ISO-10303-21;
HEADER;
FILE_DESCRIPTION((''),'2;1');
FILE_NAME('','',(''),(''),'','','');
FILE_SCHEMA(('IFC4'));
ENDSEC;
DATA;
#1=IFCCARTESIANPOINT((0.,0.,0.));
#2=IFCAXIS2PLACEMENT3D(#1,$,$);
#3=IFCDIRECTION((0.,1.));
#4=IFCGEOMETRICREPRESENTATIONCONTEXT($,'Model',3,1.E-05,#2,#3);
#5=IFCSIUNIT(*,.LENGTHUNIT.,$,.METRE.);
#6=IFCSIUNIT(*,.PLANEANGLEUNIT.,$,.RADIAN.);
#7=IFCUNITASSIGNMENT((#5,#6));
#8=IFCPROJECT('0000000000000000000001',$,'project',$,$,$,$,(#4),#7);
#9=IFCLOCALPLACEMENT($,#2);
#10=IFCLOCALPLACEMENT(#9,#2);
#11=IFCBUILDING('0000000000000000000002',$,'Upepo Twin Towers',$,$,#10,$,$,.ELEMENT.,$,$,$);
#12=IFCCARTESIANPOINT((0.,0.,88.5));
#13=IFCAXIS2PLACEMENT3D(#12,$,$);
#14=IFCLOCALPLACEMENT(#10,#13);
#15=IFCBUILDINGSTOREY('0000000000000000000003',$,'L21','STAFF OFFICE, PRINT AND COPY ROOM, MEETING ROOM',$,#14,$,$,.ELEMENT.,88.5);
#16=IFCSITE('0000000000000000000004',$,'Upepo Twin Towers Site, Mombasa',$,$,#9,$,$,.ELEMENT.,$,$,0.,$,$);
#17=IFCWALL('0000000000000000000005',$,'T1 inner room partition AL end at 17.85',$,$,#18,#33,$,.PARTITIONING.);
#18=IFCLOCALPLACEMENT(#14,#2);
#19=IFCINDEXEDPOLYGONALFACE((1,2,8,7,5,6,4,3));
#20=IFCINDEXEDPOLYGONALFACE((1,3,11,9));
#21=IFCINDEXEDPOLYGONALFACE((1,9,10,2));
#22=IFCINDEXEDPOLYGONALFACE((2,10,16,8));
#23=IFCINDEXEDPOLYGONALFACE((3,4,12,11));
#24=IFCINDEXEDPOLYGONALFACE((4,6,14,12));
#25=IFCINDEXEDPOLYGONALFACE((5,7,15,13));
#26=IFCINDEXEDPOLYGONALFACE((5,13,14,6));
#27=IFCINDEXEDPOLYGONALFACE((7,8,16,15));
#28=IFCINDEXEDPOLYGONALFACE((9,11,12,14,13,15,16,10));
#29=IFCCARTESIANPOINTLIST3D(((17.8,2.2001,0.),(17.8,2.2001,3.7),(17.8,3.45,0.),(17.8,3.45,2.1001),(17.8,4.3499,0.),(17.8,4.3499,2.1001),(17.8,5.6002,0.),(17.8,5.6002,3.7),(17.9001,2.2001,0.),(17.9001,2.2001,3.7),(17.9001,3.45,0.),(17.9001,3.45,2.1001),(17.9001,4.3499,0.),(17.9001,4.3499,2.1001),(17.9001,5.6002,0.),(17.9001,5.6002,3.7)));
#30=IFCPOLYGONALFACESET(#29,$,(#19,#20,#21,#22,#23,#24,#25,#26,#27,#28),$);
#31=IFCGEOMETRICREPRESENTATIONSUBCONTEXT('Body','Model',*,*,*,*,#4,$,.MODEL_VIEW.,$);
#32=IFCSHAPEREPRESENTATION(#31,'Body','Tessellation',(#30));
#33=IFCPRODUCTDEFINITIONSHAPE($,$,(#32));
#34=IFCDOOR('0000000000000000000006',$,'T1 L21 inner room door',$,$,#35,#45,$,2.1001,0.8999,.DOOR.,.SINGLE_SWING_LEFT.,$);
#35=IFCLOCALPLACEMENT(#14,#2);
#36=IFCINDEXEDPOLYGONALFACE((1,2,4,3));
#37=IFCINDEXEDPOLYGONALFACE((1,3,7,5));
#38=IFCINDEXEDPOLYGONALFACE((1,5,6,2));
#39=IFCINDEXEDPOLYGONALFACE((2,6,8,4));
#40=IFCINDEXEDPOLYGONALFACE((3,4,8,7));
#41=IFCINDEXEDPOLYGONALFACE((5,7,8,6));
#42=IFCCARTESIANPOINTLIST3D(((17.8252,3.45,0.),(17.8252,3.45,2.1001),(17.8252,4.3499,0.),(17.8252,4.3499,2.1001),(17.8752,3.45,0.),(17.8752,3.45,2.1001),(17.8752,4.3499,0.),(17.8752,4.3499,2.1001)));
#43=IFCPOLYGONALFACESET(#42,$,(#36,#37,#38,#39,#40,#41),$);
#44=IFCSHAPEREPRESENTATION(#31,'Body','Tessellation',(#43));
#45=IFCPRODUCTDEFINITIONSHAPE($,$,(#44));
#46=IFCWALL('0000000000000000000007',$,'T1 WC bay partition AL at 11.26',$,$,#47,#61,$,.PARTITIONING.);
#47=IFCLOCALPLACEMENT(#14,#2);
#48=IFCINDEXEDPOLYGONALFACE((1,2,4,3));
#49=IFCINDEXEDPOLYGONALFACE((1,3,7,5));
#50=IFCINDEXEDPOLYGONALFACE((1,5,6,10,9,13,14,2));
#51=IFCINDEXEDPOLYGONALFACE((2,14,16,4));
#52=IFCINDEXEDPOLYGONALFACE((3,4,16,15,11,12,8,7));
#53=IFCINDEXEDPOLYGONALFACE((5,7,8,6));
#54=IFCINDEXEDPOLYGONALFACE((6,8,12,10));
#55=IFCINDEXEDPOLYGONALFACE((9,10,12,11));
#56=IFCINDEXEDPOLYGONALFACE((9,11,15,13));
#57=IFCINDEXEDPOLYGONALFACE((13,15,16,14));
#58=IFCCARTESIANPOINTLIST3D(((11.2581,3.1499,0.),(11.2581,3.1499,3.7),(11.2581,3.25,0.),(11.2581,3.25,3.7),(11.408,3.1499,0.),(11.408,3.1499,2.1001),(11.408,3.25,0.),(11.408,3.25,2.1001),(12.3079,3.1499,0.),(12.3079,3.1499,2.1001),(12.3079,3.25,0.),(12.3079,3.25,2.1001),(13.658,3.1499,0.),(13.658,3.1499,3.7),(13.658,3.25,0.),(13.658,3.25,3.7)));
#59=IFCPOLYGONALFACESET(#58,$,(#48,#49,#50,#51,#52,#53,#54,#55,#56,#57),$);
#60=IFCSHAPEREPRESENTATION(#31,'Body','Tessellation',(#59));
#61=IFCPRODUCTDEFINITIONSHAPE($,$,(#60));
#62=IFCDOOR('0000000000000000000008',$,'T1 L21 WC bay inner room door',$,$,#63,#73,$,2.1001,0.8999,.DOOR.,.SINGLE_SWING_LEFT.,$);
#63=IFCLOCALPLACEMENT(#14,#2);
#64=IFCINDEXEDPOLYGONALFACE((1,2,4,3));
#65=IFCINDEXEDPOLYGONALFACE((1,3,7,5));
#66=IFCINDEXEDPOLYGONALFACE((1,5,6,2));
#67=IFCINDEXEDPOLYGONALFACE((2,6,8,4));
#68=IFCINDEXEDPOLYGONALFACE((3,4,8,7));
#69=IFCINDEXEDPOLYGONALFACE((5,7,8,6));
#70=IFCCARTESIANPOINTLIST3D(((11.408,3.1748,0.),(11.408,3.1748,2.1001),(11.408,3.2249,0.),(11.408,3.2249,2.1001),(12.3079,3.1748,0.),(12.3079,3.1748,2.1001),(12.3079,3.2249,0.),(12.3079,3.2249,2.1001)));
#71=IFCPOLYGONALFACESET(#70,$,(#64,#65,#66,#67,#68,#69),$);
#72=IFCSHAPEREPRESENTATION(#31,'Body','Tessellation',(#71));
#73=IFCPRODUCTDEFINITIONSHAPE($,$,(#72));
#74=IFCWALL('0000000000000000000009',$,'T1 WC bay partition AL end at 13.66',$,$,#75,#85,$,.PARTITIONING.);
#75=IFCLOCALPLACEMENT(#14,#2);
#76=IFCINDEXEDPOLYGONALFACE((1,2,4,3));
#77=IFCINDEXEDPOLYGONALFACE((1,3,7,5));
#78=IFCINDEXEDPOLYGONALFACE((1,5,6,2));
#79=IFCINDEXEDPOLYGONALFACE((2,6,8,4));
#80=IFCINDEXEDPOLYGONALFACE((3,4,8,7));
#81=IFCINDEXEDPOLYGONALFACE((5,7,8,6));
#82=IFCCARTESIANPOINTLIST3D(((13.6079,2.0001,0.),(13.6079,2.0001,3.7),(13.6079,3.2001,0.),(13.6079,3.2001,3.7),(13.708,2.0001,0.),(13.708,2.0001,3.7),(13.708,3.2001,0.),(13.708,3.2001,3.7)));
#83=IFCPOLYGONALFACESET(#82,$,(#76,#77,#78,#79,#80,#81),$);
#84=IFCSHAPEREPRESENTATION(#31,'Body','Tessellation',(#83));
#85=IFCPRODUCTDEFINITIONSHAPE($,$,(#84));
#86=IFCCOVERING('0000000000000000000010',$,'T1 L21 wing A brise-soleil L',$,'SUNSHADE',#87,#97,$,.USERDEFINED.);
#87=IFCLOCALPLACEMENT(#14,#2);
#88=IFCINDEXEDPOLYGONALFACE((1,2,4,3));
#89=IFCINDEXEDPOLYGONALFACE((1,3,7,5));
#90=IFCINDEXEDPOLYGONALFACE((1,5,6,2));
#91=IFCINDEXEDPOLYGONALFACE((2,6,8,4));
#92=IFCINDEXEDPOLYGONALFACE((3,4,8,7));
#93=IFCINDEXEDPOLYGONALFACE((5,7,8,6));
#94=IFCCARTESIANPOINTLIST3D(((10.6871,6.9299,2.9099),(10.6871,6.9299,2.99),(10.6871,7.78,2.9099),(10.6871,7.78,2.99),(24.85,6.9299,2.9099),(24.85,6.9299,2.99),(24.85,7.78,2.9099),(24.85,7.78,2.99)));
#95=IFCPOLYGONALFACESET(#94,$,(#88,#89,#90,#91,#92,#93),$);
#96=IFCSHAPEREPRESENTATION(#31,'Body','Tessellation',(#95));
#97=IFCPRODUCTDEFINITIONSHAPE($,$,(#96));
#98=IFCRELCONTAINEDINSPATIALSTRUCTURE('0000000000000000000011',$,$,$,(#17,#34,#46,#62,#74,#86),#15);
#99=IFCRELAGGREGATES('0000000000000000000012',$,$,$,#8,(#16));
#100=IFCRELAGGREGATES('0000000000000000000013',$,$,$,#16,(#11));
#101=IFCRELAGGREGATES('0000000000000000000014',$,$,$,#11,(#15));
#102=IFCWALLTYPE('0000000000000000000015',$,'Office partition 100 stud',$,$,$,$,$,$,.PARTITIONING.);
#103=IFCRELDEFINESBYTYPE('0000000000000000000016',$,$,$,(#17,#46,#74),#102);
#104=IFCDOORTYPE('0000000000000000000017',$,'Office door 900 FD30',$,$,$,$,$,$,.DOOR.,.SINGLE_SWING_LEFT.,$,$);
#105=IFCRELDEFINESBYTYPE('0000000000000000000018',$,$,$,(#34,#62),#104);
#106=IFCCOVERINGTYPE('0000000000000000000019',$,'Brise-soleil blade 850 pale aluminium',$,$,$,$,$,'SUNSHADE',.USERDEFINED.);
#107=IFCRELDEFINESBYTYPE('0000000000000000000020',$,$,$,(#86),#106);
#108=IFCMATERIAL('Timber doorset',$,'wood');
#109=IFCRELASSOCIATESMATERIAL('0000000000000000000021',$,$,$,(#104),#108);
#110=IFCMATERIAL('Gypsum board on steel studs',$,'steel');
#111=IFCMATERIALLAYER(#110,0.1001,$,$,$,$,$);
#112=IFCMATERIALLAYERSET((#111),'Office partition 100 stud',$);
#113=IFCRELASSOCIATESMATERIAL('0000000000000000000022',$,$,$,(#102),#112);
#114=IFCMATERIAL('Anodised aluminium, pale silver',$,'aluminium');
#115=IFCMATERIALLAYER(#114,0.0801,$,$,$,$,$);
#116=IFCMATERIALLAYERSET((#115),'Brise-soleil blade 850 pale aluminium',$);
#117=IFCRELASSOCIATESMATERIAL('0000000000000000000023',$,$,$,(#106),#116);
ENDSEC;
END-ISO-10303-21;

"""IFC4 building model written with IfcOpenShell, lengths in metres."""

from ifc_helpers import new_model, si_unit, direction, frame, frame_2d, origin, origin_2d, place, context, subcontext, project, spatial, rectangle, extrude, material, layer, layer_set, type_object, element, fill, save


model = new_model("IFC4")

# Units and contexts
model_context = context("Model", 3, precision=1e-05, world=origin(), true_north=direction((0.0, 1.0)))
body_context = subcontext(model_context, "Body", "Model", "MODEL_VIEW")
ifc_project = project(units=[si_unit("LENGTHUNIT", "METRE"), si_unit("PLANEANGLEUNIT", "RADIAN")], contexts=[model_context])

# Site, building, storey
site_placement = place(None, origin())
site = spatial("IfcSite", under=ifc_project, at=site_placement, Name="Upepo Twin Towers Site, Mombasa", CompositionType="ELEMENT", RefElevation=0.0)
building_placement = place(site_placement, origin())
building = spatial("IfcBuilding", under=site, at=building_placement, Name="Upepo Twin Towers", CompositionType="ELEMENT")
storey_placement = place(building_placement, frame((0.0, 0.0, 88.5)))
storey = spatial("IfcBuildingStorey", under=building, at=storey_placement, Name="L21", Description="STAFF OFFICE, PRINT AND COPY ROOM, MEETING ROOM", CompositionType="ELEMENT", Elevation=88.5)

# Shared definitions
ifc_material_1 = material(Name="Timber doorset", Category="wood")
door_type_1 = type_object("IfcDoorType", Name="Office door 900 FD30", OperationType="SINGLE_SWING_LEFT", PredefinedType="DOOR", material=ifc_material_1)

# Shared definitions
ifc_material_2 = material(Name="Gypsum board on steel studs", Category="steel")
ifc_layer_1 = layer(ifc_material_2, 0.1001)
ifc_layer_set_1 = layer_set([ifc_layer_1], Name="Office partition 100 stud")
wall_type_1 = type_object("IfcWallType", Name="Office partition 100 stud", PredefinedType="PARTITIONING", material=ifc_layer_set_1)

# Walls, openings, doors
wall_1_placement = place(storey_placement, frame((17.8501, 2.2, 0.0), z_axis=(0.0, 0.0, 1.0), x_axis=(0.0, 1.0, 0.0)))
wall_1 = element("IfcWall", 1, at=wall_1_placement, inside=storey, type_object=wall_type_1, Name="T1 inner room partition AL end at 17.85", PredefinedType="PARTITIONING", context=body_context, shape_type="SweptSolid", body=[
    extrude(rectangle(XDim=3.4001, YDim=0.1001, at=frame_2d((1.7002, 0.0))), origin(), (0.0, 0.0, 1.0), 3.7),
])
opening_1_placement = place(wall_1_placement, frame((1.25, 0.0, 0.0)))
opening_1 = element("IfcOpeningElement", 2, at=opening_1_placement, cuts=wall_1, PredefinedType="OPENING", context=body_context, shape_type="SweptSolid", body=[
    extrude(rectangle(XDim=0.8999, YDim=2.1001, at=frame_2d((0.45, 1.05))), frame((0.0, 0.0601, 0.0), z_axis=(0.0, -1.0, 0.0), x_axis=(1.0, 0.0, 0.0)), (0.0, 0.0, 1.0), 0.1201),
])
door_1_placement = place(opening_1_placement, origin())
door_1 = element("IfcDoor", 3, at=door_1_placement, inside=storey, type_object=door_type_1, Name="T1 L21 inner room door", OperationType="SINGLE_SWING_LEFT", OverallHeight=2.1001, OverallWidth=0.8999, PredefinedType="DOOR", context=body_context, shape_type="SweptSolid", body=[
    extrude(rectangle(XDim=0.8999, YDim=2.1001, at=frame_2d((0.45, 1.05))), frame((0.0, 0.0249, 0.0), z_axis=(0.0, -1.0, 0.0), x_axis=(1.0, 0.0, 0.0)), (0.0, 0.0, 1.0), 0.05),
])
fill(opening_1, door_1)
wall_2_placement = place(storey_placement, frame((11.2581, 3.2, 0.0), z_axis=(0.0, 0.0, 1.0), x_axis=(1.0, 0.0, 0.0)))
wall_2 = element("IfcWall", 4, at=wall_2_placement, inside=storey, type_object=wall_type_1, Name="T1 WC bay partition AL at 11.26", PredefinedType="PARTITIONING", context=body_context, shape_type="SweptSolid", body=[
    extrude(rectangle(XDim=2.3999, YDim=0.1001, at=frame_2d((1.2, 0.0))), origin(), (0.0, 0.0, 1.0), 3.7),
])
opening_2_placement = place(wall_2_placement, frame((0.1499, 0.0, 0.0)))
opening_2 = element("IfcOpeningElement", 5, at=opening_2_placement, cuts=wall_2, PredefinedType="OPENING", context=body_context, shape_type="SweptSolid", body=[
    extrude(rectangle(XDim=0.8999, YDim=2.1001, at=frame_2d((0.45, 1.05))), frame((0.0, 0.0601, 0.0), z_axis=(0.0, -1.0, 0.0), x_axis=(1.0, 0.0, 0.0)), (0.0, 0.0, 1.0), 0.1201),
])
door_2_placement = place(opening_2_placement, origin())
door_2 = element("IfcDoor", 6, at=door_2_placement, inside=storey, type_object=door_type_1, Name="T1 L21 WC bay inner room door", OperationType="SINGLE_SWING_LEFT", OverallHeight=2.1001, OverallWidth=0.8999, PredefinedType="DOOR", context=body_context, shape_type="SweptSolid", body=[
    extrude(rectangle(XDim=0.8999, YDim=2.1001, at=frame_2d((0.45, 1.05))), frame((0.0, 0.0249, 0.0), z_axis=(0.0, -1.0, 0.0), x_axis=(1.0, 0.0, 0.0)), (0.0, 0.0, 1.0), 0.05),
])
fill(opening_2, door_2)

# Wall
wall_3_placement = place(storey_placement, frame((13.658, 2.0, 0.0), z_axis=(0.0, 0.0, 1.0), x_axis=(0.0, 1.0, 0.0)))
element("IfcWall", 7, at=wall_3_placement, inside=storey, type_object=wall_type_1, Name="T1 WC bay partition AL end at 13.66", PredefinedType="PARTITIONING", context=body_context, shape_type="SweptSolid", body=[
    extrude(rectangle(XDim=1.2, YDim=0.1001, at=frame_2d((0.6001, 0.0))), origin(), (0.0, 0.0, 1.0), 3.7),
])

# Covering
ifc_material_3 = material(Name="Anodised aluminium, pale silver", Category="aluminium")
ifc_layer_2 = layer(ifc_material_3, 0.0801)
ifc_layer_set_2 = layer_set([ifc_layer_2], Name="Brise-soleil blade 850 pale aluminium")
covering_type = type_object("IfcCoveringType", Name="Brise-soleil blade 850 pale aluminium", ElementType="SUNSHADE", PredefinedType="USERDEFINED", material=ifc_layer_set_2)
covering_placement = place(storey_placement, frame((17.7686, 7.355, 2.9099), z_axis=(0.0, 0.0, 1.0), x_axis=(1.0, 0.0, 0.0)))
element("IfcCovering", 8, at=covering_placement, inside=storey, type_object=covering_type, Name="T1 L21 wing A brise-soleil L", ObjectType="SUNSHADE", PredefinedType="USERDEFINED", context=body_context, shape_type="SweptSolid", body=[
    extrude(rectangle(XDim=14.1628, YDim=0.8501, at=origin_2d()), origin(), (0.0, 0.0, 1.0), 0.0801),
])

save(model, "model.ifc")
